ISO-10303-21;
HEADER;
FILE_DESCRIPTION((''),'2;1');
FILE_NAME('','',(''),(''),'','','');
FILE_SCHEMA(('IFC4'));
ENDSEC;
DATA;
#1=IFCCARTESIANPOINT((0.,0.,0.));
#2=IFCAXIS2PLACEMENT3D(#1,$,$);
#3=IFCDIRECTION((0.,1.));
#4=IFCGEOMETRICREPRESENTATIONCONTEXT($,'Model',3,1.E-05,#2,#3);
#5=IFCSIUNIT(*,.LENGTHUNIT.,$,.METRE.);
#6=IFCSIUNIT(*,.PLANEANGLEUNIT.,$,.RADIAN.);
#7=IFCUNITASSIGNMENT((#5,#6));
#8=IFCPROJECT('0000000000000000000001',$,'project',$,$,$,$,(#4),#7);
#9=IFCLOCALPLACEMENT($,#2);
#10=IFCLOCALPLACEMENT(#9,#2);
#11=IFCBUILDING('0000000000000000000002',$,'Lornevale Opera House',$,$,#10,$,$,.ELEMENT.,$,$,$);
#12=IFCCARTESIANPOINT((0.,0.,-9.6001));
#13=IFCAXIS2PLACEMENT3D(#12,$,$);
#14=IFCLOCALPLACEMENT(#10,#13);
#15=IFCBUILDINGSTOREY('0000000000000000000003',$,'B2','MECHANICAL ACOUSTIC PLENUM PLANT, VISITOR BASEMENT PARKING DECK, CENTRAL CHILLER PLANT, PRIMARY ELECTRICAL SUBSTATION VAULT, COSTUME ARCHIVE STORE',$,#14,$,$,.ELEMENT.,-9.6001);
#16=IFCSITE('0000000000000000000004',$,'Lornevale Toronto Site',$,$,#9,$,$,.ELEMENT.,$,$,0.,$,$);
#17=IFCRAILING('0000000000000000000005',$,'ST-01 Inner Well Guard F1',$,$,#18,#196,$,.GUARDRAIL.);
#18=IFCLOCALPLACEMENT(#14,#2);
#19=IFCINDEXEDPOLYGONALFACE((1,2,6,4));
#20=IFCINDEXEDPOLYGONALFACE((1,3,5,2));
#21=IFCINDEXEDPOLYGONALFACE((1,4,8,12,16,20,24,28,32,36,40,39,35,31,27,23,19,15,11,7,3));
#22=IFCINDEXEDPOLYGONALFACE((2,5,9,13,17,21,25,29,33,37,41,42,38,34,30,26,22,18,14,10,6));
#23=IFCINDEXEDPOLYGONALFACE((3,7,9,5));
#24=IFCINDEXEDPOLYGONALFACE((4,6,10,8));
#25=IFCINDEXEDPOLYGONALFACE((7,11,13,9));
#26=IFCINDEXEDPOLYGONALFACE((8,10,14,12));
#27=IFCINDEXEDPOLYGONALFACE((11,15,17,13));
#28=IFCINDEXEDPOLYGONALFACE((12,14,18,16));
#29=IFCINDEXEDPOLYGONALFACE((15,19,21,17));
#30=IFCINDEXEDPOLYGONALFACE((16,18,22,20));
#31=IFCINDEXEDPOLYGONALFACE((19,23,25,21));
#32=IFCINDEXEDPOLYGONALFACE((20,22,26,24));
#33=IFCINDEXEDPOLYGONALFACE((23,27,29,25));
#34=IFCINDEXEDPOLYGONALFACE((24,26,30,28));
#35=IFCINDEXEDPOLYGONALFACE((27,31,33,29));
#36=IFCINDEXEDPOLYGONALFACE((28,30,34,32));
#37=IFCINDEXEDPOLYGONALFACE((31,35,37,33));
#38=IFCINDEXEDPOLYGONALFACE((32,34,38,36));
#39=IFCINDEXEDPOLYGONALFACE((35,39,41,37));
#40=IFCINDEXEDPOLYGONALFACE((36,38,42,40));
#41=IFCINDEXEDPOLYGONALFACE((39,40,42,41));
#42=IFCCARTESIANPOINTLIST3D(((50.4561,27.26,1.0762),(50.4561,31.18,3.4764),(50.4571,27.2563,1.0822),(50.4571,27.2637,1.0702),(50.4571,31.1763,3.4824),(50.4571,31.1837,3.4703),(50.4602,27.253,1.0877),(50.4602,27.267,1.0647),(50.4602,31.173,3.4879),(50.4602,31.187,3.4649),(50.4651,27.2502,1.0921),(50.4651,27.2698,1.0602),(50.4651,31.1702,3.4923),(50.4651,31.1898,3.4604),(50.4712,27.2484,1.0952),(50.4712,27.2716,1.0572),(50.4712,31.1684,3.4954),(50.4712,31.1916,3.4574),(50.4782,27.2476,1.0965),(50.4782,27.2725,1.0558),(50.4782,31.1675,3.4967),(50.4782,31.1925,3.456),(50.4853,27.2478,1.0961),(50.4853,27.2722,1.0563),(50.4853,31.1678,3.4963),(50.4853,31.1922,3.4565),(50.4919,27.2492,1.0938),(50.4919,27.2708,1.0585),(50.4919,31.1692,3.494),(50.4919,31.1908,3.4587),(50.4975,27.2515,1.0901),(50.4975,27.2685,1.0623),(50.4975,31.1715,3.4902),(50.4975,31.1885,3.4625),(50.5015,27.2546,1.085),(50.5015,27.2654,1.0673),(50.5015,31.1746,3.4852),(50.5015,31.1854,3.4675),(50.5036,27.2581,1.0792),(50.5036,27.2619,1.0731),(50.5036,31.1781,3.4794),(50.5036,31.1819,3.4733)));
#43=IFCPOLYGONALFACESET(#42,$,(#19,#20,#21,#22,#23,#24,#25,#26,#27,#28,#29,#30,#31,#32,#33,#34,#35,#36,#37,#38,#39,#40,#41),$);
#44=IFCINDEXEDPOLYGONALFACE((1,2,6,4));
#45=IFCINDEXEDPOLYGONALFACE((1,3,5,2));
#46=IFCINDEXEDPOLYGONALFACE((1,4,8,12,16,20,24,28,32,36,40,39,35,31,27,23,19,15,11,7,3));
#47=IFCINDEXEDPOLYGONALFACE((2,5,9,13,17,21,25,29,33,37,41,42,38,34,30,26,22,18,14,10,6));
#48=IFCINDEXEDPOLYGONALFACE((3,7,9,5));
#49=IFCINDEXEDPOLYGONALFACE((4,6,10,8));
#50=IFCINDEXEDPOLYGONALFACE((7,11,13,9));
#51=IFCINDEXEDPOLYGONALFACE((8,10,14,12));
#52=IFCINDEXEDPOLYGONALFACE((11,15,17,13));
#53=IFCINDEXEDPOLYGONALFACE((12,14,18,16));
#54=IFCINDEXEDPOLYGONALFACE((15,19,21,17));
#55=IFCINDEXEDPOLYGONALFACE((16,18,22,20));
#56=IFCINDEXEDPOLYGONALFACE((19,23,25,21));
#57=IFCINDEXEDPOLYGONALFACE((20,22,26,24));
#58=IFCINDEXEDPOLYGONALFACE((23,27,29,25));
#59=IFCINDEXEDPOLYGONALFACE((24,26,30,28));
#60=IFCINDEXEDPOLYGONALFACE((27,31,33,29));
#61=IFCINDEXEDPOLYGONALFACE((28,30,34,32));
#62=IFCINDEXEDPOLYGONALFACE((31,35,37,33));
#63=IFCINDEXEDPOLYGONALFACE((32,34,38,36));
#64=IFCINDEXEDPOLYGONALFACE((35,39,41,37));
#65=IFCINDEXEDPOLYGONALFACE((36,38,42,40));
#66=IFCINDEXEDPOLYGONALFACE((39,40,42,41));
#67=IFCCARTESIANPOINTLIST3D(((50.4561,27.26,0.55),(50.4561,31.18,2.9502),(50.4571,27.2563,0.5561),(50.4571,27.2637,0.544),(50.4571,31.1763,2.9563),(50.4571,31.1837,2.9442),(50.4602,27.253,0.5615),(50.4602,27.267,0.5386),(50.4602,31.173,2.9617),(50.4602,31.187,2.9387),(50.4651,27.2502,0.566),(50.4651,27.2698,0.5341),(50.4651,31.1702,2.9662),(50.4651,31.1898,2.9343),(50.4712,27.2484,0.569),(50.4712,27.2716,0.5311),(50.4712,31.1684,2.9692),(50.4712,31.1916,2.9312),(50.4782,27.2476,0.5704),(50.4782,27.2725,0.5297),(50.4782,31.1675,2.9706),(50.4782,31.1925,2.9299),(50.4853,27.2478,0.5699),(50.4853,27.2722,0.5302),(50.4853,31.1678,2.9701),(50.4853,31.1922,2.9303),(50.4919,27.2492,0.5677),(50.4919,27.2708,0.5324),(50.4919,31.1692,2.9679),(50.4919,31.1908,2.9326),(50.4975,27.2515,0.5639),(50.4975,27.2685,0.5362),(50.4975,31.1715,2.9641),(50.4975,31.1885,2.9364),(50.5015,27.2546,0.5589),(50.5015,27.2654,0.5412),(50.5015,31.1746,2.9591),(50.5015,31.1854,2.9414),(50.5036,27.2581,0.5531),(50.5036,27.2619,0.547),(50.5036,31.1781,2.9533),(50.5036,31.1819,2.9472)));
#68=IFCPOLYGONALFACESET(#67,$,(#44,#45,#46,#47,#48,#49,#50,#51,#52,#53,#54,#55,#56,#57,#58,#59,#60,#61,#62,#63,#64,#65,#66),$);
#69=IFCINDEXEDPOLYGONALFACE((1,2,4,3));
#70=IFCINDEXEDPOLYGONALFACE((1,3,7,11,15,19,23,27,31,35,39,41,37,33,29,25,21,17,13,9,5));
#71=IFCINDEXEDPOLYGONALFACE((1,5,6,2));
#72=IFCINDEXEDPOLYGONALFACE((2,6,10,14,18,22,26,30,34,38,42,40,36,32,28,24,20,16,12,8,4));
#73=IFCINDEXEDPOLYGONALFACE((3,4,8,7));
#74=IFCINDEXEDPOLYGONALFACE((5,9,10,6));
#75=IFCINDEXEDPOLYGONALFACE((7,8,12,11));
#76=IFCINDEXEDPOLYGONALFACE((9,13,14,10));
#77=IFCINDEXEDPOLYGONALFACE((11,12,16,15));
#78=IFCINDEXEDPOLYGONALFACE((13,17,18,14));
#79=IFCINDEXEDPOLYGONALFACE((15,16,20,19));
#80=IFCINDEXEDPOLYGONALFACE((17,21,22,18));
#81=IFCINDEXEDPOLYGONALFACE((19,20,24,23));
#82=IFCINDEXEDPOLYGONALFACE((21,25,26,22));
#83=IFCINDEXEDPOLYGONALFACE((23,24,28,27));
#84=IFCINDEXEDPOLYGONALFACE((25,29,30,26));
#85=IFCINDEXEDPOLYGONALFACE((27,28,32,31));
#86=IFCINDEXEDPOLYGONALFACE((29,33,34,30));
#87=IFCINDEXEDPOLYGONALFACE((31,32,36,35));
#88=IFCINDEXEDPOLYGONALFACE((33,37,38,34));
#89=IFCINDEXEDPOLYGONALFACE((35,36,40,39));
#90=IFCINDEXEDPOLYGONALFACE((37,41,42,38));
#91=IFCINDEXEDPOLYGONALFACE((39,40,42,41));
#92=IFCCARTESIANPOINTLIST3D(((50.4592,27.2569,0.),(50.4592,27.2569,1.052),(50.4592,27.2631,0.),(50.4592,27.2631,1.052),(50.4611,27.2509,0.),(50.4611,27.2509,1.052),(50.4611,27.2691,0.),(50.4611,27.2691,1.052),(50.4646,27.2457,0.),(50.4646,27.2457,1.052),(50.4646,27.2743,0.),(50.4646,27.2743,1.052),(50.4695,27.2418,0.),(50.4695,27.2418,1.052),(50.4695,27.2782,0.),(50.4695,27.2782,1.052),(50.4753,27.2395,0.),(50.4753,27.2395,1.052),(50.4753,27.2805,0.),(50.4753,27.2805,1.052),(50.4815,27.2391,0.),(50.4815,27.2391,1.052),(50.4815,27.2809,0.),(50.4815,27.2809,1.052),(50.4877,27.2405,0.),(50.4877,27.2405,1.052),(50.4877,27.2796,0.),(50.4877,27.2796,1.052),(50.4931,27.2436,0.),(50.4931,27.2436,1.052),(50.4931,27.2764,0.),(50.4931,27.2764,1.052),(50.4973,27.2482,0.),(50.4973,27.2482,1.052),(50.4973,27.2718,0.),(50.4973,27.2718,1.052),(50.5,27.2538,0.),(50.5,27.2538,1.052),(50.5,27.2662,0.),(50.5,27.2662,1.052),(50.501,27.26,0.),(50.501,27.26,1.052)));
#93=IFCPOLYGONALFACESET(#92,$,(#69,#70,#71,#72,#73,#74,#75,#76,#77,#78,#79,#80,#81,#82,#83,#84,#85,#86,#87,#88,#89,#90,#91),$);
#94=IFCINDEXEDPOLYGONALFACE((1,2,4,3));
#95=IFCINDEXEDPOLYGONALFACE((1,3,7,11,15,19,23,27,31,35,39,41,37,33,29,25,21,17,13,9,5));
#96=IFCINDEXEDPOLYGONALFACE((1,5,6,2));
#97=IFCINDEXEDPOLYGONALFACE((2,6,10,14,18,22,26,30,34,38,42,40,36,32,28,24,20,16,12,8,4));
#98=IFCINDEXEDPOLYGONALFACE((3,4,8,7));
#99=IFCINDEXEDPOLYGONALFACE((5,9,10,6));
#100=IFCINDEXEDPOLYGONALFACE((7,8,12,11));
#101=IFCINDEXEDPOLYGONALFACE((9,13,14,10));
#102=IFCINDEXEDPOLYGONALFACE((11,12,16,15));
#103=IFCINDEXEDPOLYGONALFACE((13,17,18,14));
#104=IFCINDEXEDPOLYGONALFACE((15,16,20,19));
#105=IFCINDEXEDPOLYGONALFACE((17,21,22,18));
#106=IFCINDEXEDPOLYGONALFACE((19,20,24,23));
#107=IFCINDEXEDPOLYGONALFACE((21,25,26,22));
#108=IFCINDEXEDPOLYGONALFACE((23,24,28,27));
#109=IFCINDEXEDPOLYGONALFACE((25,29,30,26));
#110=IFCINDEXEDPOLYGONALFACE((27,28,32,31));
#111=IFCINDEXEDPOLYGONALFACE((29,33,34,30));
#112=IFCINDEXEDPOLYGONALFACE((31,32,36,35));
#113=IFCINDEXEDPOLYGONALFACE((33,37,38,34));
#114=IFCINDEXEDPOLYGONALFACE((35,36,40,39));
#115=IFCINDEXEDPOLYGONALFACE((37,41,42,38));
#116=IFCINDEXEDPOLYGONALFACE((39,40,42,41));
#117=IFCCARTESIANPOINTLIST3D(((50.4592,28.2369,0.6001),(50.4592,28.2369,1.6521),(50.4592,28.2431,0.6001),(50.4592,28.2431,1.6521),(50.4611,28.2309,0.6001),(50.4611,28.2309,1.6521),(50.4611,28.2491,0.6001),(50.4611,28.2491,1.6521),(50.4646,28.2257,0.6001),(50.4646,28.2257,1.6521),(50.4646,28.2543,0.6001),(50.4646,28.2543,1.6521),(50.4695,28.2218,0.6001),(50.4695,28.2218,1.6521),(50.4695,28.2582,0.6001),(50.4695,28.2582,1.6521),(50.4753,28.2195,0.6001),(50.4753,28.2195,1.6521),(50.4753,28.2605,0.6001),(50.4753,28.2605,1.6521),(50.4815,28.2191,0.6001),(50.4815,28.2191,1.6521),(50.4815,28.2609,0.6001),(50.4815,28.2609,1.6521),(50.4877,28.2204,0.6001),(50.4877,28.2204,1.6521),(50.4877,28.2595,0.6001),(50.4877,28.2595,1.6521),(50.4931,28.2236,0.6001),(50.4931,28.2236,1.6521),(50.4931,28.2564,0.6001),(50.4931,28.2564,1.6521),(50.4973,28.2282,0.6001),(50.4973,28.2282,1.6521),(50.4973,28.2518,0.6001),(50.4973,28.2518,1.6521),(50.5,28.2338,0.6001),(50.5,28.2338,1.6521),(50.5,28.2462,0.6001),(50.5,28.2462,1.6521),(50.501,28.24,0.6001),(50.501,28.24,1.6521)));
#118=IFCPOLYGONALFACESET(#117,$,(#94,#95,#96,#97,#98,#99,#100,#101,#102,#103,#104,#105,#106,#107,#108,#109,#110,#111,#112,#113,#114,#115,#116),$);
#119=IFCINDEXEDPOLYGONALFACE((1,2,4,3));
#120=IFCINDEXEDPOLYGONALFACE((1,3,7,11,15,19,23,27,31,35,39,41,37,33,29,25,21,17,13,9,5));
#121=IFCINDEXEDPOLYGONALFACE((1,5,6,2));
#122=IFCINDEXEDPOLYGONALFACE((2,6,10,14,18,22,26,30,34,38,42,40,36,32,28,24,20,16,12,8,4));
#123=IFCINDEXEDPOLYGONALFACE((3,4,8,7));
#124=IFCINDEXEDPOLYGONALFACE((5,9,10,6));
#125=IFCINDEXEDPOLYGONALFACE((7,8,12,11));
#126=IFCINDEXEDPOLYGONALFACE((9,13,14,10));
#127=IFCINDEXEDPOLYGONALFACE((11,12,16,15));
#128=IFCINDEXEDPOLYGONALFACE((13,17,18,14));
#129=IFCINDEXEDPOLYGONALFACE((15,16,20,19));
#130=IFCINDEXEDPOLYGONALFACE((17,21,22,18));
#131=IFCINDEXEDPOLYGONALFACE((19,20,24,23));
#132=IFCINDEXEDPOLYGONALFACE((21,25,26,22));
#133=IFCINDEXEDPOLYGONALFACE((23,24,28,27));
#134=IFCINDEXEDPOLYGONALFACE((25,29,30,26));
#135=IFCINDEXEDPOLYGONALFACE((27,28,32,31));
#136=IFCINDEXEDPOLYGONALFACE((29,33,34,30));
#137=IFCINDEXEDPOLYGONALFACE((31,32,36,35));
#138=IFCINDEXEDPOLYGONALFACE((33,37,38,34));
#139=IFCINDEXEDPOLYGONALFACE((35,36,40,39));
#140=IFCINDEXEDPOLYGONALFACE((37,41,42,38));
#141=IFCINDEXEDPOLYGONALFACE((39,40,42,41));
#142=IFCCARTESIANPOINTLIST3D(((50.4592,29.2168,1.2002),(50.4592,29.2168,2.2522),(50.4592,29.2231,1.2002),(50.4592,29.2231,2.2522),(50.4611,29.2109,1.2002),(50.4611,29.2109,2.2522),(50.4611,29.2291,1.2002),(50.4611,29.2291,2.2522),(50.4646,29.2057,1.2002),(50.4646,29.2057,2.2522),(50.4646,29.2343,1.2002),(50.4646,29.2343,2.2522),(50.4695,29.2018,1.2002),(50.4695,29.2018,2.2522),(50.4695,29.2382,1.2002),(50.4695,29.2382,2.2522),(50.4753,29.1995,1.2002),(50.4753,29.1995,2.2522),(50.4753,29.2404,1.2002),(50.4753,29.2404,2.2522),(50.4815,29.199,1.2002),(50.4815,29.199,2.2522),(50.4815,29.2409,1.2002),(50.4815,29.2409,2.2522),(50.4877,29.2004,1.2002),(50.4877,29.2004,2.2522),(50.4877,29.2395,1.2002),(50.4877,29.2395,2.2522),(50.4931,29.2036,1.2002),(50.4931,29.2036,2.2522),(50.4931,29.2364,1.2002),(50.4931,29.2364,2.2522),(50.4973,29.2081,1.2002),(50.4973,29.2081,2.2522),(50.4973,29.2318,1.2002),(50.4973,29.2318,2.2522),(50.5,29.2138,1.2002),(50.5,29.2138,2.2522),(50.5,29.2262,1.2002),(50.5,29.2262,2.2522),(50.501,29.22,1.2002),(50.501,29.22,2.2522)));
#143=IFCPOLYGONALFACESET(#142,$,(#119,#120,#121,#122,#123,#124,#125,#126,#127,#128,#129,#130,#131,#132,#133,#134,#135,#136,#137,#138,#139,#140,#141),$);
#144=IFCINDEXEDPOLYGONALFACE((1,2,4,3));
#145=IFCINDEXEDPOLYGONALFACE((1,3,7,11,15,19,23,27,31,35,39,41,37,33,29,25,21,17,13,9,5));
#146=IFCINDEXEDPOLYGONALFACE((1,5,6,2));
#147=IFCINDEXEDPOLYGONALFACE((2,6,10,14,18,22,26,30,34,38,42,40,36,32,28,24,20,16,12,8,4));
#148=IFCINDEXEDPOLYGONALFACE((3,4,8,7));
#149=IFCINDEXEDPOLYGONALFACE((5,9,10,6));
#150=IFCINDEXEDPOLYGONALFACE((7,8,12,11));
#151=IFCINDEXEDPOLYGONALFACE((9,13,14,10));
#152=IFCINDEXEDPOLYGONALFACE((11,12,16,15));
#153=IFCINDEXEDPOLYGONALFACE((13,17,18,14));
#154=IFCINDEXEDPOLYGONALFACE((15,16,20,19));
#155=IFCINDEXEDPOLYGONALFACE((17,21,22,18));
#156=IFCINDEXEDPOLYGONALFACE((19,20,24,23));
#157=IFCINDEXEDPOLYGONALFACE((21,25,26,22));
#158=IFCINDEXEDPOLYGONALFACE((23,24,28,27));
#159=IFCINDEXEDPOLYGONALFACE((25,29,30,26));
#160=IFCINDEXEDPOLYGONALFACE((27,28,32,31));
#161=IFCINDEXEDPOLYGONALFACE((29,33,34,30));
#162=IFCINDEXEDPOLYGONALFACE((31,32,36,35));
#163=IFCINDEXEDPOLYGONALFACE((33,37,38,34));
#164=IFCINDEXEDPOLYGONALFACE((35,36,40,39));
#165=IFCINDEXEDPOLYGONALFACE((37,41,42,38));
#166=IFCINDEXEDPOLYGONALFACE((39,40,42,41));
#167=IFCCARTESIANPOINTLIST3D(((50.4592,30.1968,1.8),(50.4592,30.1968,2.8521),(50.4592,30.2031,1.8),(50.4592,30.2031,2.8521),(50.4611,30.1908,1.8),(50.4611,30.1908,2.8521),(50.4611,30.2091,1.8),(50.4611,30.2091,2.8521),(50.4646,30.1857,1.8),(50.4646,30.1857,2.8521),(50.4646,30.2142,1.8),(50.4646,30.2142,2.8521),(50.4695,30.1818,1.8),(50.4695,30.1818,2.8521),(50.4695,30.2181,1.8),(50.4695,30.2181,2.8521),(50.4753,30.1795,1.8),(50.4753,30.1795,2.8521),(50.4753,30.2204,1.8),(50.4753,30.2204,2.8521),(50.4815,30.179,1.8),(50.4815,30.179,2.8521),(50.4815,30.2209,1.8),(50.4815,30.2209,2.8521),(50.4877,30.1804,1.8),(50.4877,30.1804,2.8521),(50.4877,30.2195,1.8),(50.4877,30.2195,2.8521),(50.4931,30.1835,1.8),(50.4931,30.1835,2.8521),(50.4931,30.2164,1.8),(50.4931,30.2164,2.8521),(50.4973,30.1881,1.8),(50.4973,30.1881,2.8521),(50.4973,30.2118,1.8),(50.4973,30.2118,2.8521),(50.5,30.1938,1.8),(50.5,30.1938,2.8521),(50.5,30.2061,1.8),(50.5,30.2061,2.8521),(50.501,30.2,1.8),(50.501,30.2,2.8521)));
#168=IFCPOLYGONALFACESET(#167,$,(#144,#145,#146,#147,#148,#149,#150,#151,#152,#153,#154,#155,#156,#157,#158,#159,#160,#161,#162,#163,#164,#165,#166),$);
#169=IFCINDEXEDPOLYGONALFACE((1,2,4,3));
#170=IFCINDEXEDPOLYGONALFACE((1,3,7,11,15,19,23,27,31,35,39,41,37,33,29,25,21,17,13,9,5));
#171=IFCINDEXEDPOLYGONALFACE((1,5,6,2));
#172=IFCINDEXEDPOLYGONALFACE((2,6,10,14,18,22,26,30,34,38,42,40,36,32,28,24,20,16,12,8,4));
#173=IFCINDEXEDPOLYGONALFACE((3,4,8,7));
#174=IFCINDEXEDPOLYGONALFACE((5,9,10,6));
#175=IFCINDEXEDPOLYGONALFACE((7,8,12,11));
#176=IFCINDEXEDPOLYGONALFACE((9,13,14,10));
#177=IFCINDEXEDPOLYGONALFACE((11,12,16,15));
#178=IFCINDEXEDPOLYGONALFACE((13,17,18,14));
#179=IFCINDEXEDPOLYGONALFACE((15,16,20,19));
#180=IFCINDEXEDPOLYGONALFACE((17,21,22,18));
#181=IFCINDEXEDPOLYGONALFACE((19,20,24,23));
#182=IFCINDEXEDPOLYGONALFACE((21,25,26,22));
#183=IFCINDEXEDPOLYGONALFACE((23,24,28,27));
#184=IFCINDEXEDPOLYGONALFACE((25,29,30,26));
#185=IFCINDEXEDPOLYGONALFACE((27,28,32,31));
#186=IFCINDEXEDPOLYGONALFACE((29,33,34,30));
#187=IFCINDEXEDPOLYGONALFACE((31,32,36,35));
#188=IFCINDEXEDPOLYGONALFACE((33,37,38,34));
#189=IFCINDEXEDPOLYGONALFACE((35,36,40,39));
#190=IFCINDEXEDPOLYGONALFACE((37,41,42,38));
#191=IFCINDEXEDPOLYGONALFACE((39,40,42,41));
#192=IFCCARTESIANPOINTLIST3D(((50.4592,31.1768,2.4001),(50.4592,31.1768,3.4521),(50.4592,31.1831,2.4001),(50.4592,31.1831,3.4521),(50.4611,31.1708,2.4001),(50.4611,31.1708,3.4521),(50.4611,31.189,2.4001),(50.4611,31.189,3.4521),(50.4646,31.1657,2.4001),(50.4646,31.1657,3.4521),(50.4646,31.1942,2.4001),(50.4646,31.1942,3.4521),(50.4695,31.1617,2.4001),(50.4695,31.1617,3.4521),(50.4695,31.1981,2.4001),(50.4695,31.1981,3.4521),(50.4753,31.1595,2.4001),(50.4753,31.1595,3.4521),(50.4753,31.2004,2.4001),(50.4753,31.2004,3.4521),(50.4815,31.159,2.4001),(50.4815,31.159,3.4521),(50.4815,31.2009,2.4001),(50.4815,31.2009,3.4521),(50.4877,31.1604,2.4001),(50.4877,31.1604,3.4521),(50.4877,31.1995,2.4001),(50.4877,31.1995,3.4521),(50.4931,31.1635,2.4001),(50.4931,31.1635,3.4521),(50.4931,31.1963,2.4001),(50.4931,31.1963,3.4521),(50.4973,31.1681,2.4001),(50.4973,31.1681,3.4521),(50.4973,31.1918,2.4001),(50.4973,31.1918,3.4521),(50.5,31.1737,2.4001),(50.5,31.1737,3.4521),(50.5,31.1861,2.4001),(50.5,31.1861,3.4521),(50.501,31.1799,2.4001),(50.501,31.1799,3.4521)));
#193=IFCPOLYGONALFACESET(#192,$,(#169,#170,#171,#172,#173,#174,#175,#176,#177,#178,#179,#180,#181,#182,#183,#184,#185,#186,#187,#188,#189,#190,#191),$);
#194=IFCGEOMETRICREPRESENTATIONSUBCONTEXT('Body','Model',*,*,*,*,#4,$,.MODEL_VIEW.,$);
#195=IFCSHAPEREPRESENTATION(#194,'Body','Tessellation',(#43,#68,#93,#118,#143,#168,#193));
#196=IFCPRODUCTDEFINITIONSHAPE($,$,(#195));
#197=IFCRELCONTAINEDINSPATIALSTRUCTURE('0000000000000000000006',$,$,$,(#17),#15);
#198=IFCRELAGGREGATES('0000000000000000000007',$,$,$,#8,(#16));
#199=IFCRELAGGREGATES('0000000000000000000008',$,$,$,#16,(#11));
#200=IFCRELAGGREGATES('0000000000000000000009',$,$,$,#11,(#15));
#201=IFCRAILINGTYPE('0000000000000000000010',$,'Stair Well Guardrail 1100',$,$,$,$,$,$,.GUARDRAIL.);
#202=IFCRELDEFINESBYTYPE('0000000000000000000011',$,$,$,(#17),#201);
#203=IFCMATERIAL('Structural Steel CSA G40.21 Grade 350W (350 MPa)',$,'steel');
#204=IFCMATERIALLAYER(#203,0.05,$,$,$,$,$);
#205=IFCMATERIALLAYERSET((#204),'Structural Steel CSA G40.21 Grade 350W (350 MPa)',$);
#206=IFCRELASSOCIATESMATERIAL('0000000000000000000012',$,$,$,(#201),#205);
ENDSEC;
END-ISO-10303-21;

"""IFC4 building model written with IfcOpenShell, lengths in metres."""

from ifc_helpers import new_model, si_unit, direction, frame, origin, origin_2d, place, context, subcontext, project, spatial, circle, extrude, material, layer, layer_set, type_object, element, save


model = new_model("IFC4")

# Units and contexts
model_context = context("Model", 3, precision=1e-05, world=origin(), true_north=direction((0.0, 1.0)))
body_context = subcontext(model_context, "Body", "Model", "MODEL_VIEW")
ifc_project = project(units=[si_unit("LENGTHUNIT", "METRE"), si_unit("PLANEANGLEUNIT", "RADIAN")], contexts=[model_context])

# Site, building, storey
site_placement = place(None, origin())
site = spatial("IfcSite", under=ifc_project, at=site_placement, Name="Lornevale Toronto Site", CompositionType="ELEMENT", RefElevation=0.0)
building_placement = place(site_placement, origin())
building = spatial("IfcBuilding", under=site, at=building_placement, Name="Lornevale Opera House", CompositionType="ELEMENT")
storey_placement = place(building_placement, frame((0.0, 0.0, -9.6001)))
storey = spatial("IfcBuildingStorey", under=building, at=storey_placement, Name="B2", Description="MECHANICAL ACOUSTIC PLENUM PLANT, VISITOR BASEMENT PARKING DECK, CENTRAL CHILLER PLANT, PRIMARY ELECTRICAL SUBSTATION VAULT, COSTUME ARCHIVE STORE", CompositionType="ELEMENT", Elevation=-9.6001)

# Railing
ifc_material_1 = material(Name="Structural Steel CSA G40.21 Grade 350W (350 MPa)", Category="steel")
ifc_layer_1 = layer(ifc_material_1, 0.05)
ifc_layer_set_1 = layer_set([ifc_layer_1], Name="Structural Steel CSA G40.21 Grade 350W (350 MPa)")
railing_type_1 = type_object("IfcRailingType", Name="Stair Well Guardrail 1100", PredefinedType="GUARDRAIL", material=ifc_layer_set_1)
railing_1_placement = place(storey_placement, frame((50.48, 27.26, 0.0)))
element("IfcRailing", 1, at=railing_1_placement, inside=storey, type_object=railing_type_1, Name="ST-01 Inner Well Guard F1", PredefinedType="GUARDRAIL", context=body_context, shape_type="SweptSolid", body=[
    extrude(circle(Radius=0.0239, at=origin_2d()), frame((0.0, 0.0, 1.0762), z_axis=(0.0, 0.852832, 0.522185), x_axis=(-1.0, 0.0, 0.0)), (0.0, 0.0, 1.0), 4.5964),
    extrude(circle(Radius=0.0239, at=origin_2d()), frame((0.0, 0.0, 0.55), z_axis=(0.0, 0.852832, 0.522185), x_axis=(-1.0, 0.0, 0.0)), (0.0, 0.0, 1.0), 4.5964),
    extrude(circle(Radius=0.021, at=origin_2d()), origin(), (0.0, 0.0, 1.0), 1.052),
    extrude(circle(Radius=0.021, at=origin_2d()), frame((0.0, 0.98, 0.6001)), (0.0, 0.0, 1.0), 1.052),
    extrude(circle(Radius=0.021, at=origin_2d()), frame((0.0, 1.96, 1.2002)), (0.0, 0.0, 1.0), 1.052),
    extrude(circle(Radius=0.021, at=origin_2d()), frame((0.0, 2.9399, 1.8)), (0.0, 0.0, 1.0), 1.052),
    extrude(circle(Radius=0.021, at=origin_2d()), frame((0.0, 3.9199, 2.4001)), (0.0, 0.0, 1.0), 1.052),
])

save(model, "model.ifc")
